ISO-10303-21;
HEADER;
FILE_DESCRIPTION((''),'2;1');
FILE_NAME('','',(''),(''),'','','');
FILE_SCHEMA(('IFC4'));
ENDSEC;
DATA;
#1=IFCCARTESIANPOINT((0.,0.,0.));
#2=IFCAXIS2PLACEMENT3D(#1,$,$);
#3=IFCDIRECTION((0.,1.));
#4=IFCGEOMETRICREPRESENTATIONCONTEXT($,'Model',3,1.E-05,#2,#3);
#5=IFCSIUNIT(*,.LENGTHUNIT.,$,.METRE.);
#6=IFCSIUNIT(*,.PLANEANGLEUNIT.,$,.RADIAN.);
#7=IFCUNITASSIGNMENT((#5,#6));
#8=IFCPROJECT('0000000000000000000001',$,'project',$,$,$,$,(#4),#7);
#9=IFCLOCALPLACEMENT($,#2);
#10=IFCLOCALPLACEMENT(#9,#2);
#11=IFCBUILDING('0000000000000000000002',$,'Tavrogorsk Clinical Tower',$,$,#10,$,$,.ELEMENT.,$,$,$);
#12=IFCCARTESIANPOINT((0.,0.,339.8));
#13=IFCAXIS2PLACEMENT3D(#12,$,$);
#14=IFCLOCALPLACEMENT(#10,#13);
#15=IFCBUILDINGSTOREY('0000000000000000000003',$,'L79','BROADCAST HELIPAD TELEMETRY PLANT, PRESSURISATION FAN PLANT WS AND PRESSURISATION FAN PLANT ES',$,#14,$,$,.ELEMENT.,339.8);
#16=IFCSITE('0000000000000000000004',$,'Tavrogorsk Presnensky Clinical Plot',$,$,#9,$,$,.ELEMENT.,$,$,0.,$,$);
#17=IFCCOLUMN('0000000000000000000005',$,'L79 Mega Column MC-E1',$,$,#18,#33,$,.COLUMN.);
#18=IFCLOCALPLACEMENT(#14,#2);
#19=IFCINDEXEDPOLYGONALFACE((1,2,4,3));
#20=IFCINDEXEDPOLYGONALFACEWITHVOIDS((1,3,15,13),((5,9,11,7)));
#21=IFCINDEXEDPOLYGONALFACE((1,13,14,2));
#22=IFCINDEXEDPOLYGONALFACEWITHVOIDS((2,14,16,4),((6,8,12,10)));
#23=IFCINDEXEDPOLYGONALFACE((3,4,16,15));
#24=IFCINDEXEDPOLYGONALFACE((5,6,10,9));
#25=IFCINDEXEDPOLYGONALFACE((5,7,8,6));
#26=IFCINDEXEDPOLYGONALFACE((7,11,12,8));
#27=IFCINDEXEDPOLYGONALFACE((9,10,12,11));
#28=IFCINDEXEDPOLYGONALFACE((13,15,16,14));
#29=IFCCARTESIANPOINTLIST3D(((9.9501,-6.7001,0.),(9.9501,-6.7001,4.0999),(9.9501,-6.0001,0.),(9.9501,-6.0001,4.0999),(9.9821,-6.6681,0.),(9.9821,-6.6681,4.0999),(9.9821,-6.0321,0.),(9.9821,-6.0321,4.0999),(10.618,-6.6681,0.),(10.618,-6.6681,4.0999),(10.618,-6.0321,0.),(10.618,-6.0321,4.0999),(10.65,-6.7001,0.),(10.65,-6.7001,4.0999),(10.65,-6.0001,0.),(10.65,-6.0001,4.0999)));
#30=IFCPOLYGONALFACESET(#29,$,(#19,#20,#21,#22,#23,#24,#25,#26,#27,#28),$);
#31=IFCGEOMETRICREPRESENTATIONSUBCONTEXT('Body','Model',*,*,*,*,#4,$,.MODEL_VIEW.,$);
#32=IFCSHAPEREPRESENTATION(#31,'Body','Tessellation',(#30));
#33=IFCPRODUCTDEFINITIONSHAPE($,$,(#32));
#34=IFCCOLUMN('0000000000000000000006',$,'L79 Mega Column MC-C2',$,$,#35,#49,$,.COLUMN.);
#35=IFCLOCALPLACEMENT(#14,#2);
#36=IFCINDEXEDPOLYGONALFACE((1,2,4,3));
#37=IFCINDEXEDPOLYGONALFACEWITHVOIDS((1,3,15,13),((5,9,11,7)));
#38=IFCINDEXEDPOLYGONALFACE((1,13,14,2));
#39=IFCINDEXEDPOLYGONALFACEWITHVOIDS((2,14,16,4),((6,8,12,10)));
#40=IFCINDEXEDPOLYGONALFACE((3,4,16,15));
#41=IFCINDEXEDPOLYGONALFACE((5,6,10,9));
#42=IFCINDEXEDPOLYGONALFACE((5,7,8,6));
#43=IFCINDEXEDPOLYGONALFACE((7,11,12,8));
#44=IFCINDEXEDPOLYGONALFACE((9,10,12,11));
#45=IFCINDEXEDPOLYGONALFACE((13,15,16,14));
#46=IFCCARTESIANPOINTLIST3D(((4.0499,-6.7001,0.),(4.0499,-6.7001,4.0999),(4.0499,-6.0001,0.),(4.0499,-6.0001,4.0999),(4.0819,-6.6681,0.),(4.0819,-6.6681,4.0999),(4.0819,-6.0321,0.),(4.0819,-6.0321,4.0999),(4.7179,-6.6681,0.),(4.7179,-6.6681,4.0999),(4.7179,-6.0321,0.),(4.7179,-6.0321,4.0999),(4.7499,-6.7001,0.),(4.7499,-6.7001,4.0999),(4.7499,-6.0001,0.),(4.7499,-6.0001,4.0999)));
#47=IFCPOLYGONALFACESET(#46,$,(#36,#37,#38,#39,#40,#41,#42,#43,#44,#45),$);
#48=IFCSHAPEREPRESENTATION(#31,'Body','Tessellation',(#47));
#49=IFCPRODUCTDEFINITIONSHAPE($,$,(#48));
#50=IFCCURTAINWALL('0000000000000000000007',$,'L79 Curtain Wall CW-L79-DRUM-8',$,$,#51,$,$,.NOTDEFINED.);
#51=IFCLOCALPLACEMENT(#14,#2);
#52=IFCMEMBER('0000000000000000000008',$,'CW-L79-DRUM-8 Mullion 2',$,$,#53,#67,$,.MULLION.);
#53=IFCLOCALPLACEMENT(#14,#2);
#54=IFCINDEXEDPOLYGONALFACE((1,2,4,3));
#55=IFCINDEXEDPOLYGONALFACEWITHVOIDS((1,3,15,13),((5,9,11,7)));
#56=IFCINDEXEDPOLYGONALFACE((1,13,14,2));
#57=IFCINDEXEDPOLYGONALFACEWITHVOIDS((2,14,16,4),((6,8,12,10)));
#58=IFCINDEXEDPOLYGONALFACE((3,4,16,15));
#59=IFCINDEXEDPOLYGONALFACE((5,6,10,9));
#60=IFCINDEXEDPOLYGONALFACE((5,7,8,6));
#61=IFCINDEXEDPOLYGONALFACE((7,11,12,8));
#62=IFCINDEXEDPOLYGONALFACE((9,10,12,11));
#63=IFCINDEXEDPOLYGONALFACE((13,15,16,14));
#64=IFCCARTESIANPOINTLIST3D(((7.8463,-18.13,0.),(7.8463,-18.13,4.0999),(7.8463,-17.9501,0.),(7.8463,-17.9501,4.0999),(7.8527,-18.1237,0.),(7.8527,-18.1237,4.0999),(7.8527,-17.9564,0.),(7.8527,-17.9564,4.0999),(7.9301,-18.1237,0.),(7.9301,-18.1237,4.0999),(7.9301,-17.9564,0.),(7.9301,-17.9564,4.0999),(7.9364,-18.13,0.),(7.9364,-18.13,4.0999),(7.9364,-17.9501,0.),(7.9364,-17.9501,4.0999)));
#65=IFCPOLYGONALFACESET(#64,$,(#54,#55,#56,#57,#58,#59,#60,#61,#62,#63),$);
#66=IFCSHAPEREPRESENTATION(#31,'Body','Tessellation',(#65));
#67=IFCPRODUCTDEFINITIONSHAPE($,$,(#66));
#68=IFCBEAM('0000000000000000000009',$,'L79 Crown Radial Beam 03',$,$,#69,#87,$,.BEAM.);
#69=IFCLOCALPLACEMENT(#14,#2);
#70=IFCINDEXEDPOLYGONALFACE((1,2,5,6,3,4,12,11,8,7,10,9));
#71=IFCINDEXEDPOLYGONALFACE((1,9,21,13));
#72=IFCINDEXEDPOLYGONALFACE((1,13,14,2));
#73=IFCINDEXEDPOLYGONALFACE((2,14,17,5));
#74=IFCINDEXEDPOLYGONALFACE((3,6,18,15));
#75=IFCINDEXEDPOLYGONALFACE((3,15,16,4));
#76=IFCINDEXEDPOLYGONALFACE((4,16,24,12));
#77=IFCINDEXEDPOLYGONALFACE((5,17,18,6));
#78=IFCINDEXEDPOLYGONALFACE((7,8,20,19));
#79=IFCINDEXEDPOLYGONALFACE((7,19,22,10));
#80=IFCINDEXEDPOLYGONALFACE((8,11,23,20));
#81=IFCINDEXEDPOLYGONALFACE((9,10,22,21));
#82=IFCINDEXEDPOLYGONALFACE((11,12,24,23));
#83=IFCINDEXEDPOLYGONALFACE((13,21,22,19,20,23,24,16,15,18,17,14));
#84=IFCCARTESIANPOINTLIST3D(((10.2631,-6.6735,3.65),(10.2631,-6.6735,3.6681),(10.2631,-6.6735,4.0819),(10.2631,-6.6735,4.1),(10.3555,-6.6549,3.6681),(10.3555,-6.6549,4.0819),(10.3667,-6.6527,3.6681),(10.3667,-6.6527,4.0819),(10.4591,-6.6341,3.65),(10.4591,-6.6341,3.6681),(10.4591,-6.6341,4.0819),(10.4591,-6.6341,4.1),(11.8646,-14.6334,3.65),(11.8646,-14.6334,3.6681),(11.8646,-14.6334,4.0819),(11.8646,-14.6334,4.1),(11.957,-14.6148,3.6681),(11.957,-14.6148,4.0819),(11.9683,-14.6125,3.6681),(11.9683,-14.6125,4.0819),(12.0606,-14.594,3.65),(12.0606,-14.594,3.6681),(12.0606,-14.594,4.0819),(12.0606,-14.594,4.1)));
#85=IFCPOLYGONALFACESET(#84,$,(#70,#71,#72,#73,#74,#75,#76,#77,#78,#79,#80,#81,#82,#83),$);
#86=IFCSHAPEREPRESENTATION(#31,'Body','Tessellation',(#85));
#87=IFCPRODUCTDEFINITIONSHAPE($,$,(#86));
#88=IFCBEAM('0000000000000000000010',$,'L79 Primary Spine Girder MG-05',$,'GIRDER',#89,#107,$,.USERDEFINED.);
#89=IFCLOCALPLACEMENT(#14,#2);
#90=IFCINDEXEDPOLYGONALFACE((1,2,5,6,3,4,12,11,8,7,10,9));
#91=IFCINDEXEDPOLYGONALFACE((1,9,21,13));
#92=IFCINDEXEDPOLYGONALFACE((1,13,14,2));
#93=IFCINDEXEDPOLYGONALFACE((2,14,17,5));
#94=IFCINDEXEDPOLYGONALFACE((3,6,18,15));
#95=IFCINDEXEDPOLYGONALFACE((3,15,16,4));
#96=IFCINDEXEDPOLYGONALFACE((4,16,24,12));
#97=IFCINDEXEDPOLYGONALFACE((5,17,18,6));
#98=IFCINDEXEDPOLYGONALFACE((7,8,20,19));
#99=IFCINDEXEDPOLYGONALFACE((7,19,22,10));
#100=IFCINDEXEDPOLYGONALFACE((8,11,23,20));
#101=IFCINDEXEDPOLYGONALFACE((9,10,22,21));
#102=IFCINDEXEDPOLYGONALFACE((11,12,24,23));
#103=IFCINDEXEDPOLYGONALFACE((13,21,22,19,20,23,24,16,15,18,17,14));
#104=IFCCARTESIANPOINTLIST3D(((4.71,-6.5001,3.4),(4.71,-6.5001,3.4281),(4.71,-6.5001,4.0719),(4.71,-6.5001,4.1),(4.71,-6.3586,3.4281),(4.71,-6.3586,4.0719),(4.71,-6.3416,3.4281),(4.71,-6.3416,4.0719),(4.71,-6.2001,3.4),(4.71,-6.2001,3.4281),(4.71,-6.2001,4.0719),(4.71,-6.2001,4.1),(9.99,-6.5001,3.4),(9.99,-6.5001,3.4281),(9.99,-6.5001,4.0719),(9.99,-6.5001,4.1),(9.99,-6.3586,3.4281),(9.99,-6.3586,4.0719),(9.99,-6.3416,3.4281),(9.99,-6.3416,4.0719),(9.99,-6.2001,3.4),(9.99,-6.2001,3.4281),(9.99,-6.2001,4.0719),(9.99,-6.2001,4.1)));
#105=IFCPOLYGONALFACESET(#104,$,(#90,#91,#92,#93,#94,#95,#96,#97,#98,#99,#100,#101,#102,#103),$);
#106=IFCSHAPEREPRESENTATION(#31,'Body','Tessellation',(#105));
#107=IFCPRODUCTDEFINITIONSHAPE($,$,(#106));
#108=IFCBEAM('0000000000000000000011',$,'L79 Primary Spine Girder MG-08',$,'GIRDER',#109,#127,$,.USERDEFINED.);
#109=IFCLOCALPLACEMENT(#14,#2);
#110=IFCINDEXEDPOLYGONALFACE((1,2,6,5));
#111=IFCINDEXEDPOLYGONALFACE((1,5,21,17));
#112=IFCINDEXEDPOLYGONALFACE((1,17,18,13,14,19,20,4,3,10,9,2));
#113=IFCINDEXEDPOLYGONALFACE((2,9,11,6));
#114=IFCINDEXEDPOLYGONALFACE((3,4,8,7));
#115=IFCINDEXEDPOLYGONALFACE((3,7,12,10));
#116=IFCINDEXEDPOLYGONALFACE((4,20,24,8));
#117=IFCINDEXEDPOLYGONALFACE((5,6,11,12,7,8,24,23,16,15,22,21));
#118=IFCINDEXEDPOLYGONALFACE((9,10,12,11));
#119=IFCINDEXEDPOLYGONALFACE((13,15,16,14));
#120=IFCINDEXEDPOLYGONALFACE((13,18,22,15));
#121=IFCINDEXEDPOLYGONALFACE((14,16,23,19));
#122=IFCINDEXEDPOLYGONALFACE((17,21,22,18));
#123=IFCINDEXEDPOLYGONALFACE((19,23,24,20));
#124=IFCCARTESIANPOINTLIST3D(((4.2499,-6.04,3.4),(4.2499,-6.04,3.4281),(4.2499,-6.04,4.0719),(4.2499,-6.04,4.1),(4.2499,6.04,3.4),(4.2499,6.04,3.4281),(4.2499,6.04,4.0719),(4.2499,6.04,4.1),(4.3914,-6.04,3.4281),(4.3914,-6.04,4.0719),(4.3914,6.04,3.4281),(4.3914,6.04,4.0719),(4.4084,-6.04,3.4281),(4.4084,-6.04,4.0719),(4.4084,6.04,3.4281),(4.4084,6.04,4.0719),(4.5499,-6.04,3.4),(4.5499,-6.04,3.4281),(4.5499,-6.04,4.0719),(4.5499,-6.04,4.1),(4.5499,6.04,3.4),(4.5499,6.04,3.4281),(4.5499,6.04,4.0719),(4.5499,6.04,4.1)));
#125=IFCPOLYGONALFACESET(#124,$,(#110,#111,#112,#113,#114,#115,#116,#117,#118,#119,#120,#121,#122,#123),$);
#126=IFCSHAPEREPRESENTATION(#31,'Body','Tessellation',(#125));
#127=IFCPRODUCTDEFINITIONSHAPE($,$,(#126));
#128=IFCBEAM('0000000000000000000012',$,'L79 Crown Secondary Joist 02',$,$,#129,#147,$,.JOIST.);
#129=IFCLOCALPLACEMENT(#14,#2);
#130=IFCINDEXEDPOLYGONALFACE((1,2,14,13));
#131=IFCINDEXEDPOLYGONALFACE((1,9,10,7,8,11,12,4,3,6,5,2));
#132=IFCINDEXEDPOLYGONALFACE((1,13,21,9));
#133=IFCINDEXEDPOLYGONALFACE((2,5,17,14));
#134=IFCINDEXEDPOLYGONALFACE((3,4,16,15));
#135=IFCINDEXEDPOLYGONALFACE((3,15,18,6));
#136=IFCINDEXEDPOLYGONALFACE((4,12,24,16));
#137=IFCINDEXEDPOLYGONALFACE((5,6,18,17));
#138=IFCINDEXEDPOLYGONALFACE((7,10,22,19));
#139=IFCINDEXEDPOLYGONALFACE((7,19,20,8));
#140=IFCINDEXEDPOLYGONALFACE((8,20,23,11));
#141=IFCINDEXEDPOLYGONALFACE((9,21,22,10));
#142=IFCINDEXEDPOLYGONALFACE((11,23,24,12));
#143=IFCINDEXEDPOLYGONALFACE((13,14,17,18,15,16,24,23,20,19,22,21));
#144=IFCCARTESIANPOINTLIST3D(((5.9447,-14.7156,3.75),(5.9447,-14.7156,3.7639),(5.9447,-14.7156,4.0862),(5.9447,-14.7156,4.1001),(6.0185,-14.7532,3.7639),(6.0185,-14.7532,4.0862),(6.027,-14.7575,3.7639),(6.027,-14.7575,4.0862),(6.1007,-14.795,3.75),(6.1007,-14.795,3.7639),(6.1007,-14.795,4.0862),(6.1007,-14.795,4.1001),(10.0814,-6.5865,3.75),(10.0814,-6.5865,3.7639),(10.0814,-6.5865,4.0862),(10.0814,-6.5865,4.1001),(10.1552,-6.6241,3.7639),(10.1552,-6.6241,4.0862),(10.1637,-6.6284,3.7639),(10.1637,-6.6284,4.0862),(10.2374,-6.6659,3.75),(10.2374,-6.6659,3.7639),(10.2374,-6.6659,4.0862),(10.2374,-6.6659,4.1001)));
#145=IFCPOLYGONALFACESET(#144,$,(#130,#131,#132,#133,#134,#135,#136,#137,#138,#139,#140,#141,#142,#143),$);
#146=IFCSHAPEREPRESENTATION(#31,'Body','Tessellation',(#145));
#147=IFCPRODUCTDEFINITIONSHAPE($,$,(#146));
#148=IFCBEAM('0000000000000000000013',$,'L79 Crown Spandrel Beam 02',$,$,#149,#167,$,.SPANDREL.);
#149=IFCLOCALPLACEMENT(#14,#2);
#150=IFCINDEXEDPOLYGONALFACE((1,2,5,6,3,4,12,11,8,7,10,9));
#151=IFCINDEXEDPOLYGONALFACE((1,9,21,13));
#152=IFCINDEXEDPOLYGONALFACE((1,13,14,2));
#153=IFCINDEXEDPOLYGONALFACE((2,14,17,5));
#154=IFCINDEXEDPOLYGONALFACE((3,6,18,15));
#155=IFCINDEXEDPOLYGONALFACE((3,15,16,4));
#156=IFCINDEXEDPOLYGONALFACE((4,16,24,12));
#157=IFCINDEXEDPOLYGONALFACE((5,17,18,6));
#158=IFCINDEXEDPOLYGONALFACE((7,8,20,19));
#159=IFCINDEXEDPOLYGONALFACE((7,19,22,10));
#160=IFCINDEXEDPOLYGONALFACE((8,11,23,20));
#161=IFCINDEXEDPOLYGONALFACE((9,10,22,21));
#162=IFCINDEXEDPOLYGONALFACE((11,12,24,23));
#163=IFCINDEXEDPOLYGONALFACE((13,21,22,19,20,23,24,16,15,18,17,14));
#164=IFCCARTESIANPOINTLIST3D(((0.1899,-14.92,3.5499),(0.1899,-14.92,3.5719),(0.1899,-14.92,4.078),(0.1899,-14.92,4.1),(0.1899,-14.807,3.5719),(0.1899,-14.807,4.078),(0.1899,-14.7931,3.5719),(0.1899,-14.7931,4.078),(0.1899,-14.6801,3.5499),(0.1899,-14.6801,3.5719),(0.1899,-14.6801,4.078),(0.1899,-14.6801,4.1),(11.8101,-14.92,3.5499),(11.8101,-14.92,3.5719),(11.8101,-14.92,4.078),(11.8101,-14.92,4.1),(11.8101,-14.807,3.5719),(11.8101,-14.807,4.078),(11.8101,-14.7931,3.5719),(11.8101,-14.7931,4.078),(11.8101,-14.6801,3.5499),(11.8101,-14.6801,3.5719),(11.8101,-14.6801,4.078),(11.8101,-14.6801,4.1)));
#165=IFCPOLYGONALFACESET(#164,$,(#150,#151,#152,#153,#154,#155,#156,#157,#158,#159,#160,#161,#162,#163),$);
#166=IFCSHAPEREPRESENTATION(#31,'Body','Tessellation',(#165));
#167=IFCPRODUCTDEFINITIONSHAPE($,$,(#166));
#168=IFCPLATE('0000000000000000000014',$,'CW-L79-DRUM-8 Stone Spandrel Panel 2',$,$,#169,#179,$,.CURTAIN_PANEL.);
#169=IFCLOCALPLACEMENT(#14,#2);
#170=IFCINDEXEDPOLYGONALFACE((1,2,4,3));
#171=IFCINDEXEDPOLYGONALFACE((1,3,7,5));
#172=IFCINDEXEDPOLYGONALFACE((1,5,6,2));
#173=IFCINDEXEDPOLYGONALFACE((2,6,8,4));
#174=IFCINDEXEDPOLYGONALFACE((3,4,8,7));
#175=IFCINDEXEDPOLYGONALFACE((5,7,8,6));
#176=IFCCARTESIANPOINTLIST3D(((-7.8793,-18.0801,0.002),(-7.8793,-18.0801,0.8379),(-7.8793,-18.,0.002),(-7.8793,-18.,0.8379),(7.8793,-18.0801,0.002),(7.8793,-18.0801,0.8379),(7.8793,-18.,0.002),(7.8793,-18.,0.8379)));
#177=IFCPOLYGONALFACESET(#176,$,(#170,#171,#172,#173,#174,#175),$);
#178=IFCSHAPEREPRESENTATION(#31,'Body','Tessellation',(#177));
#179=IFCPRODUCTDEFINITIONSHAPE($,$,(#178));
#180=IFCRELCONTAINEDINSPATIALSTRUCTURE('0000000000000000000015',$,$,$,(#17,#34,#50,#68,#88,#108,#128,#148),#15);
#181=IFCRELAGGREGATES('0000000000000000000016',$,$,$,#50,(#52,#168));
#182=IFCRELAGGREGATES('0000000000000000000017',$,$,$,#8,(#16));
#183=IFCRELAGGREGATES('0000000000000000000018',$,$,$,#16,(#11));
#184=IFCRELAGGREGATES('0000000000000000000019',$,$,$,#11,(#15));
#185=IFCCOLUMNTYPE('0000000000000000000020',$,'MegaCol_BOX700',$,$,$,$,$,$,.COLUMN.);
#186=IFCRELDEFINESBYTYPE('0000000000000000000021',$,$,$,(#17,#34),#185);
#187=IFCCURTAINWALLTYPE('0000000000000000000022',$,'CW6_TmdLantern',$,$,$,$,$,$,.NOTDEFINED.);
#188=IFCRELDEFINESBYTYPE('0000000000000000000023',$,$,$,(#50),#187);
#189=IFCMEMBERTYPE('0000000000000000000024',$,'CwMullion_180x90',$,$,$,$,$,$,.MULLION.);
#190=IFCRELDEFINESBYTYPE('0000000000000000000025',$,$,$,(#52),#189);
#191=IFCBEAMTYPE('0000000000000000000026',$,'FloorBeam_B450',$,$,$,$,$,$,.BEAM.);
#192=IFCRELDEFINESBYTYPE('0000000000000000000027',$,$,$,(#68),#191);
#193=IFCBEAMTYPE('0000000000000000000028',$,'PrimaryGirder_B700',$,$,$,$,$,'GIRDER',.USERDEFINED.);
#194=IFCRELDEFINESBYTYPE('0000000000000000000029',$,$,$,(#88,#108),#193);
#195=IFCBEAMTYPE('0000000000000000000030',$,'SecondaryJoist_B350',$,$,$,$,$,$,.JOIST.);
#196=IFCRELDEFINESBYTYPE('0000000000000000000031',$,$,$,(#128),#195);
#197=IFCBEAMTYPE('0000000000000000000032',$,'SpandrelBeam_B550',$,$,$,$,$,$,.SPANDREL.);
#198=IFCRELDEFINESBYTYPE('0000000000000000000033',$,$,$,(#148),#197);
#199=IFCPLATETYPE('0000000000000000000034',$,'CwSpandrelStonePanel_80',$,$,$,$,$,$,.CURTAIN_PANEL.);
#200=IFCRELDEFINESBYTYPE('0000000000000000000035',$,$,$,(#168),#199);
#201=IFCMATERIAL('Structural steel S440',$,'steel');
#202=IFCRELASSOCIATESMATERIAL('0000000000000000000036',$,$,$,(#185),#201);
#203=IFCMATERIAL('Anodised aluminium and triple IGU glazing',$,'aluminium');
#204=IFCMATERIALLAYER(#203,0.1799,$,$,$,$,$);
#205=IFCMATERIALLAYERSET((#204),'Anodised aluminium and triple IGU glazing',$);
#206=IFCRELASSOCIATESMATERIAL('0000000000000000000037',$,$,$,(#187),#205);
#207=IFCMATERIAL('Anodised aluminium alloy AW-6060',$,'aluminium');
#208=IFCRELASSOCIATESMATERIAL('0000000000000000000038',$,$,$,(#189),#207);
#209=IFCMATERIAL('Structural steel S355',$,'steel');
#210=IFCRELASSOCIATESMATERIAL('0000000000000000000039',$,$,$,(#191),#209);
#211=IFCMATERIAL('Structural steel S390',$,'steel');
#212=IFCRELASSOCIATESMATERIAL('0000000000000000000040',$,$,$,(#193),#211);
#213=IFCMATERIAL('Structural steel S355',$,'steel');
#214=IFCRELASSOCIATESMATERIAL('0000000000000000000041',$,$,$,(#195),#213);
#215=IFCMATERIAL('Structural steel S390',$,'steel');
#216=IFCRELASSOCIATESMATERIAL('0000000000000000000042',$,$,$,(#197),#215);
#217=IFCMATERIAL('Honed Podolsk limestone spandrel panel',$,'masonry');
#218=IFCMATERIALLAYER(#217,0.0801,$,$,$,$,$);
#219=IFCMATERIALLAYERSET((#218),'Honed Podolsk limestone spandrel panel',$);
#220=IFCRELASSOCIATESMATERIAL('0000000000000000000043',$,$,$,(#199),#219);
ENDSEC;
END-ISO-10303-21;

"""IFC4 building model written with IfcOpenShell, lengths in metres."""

from ifc_helpers import new_model, si_unit, direction, frame, origin, origin_2d, place, context, subcontext, project, spatial, rectangle, hollow_rectangle, i_section, extrude, material, layer, layer_set, material_profile, profile_set, type_object, element, aggregate, save


model = new_model("IFC4")

# Units and contexts
model_context = context("Model", 3, precision=1e-05, world=origin(), true_north=direction((0.0, 1.0)))
body_context = subcontext(model_context, "Body", "Model", "MODEL_VIEW")
ifc_project = project(units=[si_unit("LENGTHUNIT", "METRE"), si_unit("PLANEANGLEUNIT", "RADIAN")], contexts=[model_context])

# Site, building, storey
site_placement = place(None, origin())
site = spatial("IfcSite", under=ifc_project, at=site_placement, Name="Tavrogorsk Presnensky Clinical Plot", CompositionType="ELEMENT", RefElevation=0.0)
building_placement = place(site_placement, origin())
building = spatial("IfcBuilding", under=site, at=building_placement, Name="Tavrogorsk Clinical Tower", CompositionType="ELEMENT")
storey_placement = place(building_placement, frame((0.0, 0.0, 339.8)))
storey = spatial("IfcBuildingStorey", under=building, at=storey_placement, Name="L79", Description="BROADCAST HELIPAD TELEMETRY PLANT, PRESSURISATION FAN PLANT WS AND PRESSURISATION FAN PLANT ES", CompositionType="ELEMENT", Elevation=339.8)

# Columns
ifc_material_1 = material(Name="Structural steel S440", Category="steel")
ifc_material_profile_1 = material_profile(ifc_material_1, hollow_rectangle(XDim=0.7, YDim=0.7, WallThickness=0.032, at=origin_2d()), Name="BOX-700x700x32")
ifc_profile_set_1 = profile_set([ifc_material_profile_1], Name="Structural steel S440")
column_type = type_object("IfcColumnType", Name="MegaCol_BOX700", PredefinedType="COLUMN", material=ifc_profile_set_1)
for number, where, z_axis, x_axis, name in (
    (1, (10.3, -6.3501, 0.0), (0.0, 0.0, 1.0), (1.0, 0.0, 0.0), "L79 Mega Column MC-E1"),
    (2, (4.3999, -6.3501, 0.0), (0.0, 0.0, 1.0), (1.0, 0.0, 0.0), "L79 Mega Column MC-C2"),
):
    element("IfcColumn", number, at=place(storey_placement, frame(where, z_axis=z_axis, x_axis=x_axis)), inside=storey, type_object=column_type, Name=name, PredefinedType="COLUMN", context=body_context, shape_type="SweptSolid", body=[
        extrude(hollow_rectangle(XDim=0.7, YDim=0.7, WallThickness=0.032, at=origin_2d()), origin(), (0.0, 0.0, 1.0), 4.0999),
    ])

# Curtain wall, member
ifc_material_2 = material(Name="Anodised aluminium and triple IGU glazing", Category="aluminium")
ifc_layer_1 = layer(ifc_material_2, 0.1799)
ifc_layer_set_1 = layer_set([ifc_layer_1], Name="Anodised aluminium and triple IGU glazing")
curtain_wall_type = type_object("IfcCurtainWallType", Name="CW6_TmdLantern", PredefinedType="NOTDEFINED", material=ifc_layer_set_1)
curtain_wall_placement = place(storey_placement, origin())
curtain_wall = element("IfcCurtainWall", 3, at=curtain_wall_placement, inside=storey, type_object=curtain_wall_type, Name="L79 Curtain Wall CW-L79-DRUM-8", PredefinedType="NOTDEFINED")
ifc_material_3 = material(Name="Anodised aluminium alloy AW-6060", Category="aluminium")
ifc_material_profile_2 = material_profile(ifc_material_3, hollow_rectangle(XDim=0.0901, YDim=0.1799, WallThickness=0.0063, at=origin_2d()), Name="RHS-180x90x6.3")
ifc_profile_set_2 = profile_set([ifc_material_profile_2], Name="Anodised aluminium alloy AW-6060")
member_type = type_object("IfcMemberType", Name="CwMullion_180x90", PredefinedType="MULLION", material=ifc_profile_set_2)
member_placement = place(storey_placement, frame((7.8914, -18.04, 0.0), z_axis=(0.0, 0.0, 1.0), x_axis=(-1.0, 0.0, 0.0)))
member = element("IfcMember", 4, at=member_placement, type_object=member_type, Name="CW-L79-DRUM-8 Mullion 2", PredefinedType="MULLION", context=body_context, shape_type="SweptSolid", body=[
    extrude(hollow_rectangle(XDim=0.0901, YDim=0.1799, WallThickness=0.0063, at=origin_2d()), origin(), (0.0, 0.0, 1.0), 4.0999),
])

# Beams
ifc_material_4 = material(Name="Structural steel S355", Category="steel")
ifc_material_profile_3 = material_profile(ifc_material_4, i_section(OverallWidth=0.2, OverallDepth=0.45, WebThickness=0.0115, FlangeThickness=0.0181, at=origin_2d()), Name="B-450x200x11.5x18")
ifc_profile_set_3 = profile_set([ifc_material_profile_3], Name="Structural steel S355")
beam_type_1 = type_object("IfcBeamType", Name="FloorBeam_B450", PredefinedType="BEAM", material=ifc_profile_set_3)
beam_1_placement = place(storey_placement, frame((10.3611, -6.6538, 3.875), z_axis=(0.197249, -0.980353, 0.0), x_axis=(0.980353, 0.197249, 0.0)))
element("IfcBeam", 5, at=beam_1_placement, inside=storey, type_object=beam_type_1, Name="L79 Crown Radial Beam 03", PredefinedType="BEAM", context=body_context, shape_type="SweptSolid", body=[
    extrude(i_section(OverallWidth=0.2, OverallDepth=0.45, WebThickness=0.0115, FlangeThickness=0.0181, at=origin_2d()), origin(), (0.0, 0.0, 1.0), 8.1194),
])
ifc_material_5 = material(Name="Structural steel S390", Category="steel")
ifc_material_profile_4 = material_profile(ifc_material_5, i_section(OverallWidth=0.3, OverallDepth=0.7, WebThickness=0.0171, FlangeThickness=0.0281, at=origin_2d()), Name="B-700x300x17x28")
ifc_profile_set_4 = profile_set([ifc_material_profile_4], Name="Structural steel S390")
beam_type_2 = type_object("IfcBeamType", Name="PrimaryGirder_B700", ElementType="GIRDER", PredefinedType="USERDEFINED", material=ifc_profile_set_4)
beam_2_placement = place(storey_placement, frame((4.71, -6.3501, 3.75), z_axis=(1.0, 0.0, 0.0), x_axis=(0.0, 1.0, 0.0)))
element("IfcBeam", 6, at=beam_2_placement, inside=storey, type_object=beam_type_2, Name="L79 Primary Spine Girder MG-05", ObjectType="GIRDER", PredefinedType="USERDEFINED", context=body_context, shape_type="SweptSolid", body=[
    extrude(i_section(OverallWidth=0.3, OverallDepth=0.7, WebThickness=0.0171, FlangeThickness=0.0281, at=origin_2d()), origin(), (0.0, 0.0, 1.0), 5.28),
])
beam_3_placement = place(storey_placement, frame((4.3999, -6.04, 3.75), z_axis=(0.0, 1.0, 0.0), x_axis=(-1.0, 0.0, 0.0)))
element("IfcBeam", 7, at=beam_3_placement, inside=storey, type_object=beam_type_2, Name="L79 Primary Spine Girder MG-08", ObjectType="GIRDER", PredefinedType="USERDEFINED", context=body_context, shape_type="SweptSolid", body=[
    extrude(i_section(OverallWidth=0.3, OverallDepth=0.7, WebThickness=0.0171, FlangeThickness=0.0281, at=origin_2d()), origin(), (0.0, 0.0, 1.0), 12.0801),
])
ifc_material_6 = material(Name="Structural steel S355", Category="steel")
ifc_material_profile_5 = material_profile(ifc_material_6, i_section(OverallWidth=0.175, OverallDepth=0.3501, WebThickness=0.0095, FlangeThickness=0.0139, at=origin_2d()), Name="B-350x175x9.5x14")
ifc_profile_set_5 = profile_set([ifc_material_profile_5], Name="Structural steel S355")
beam_type_3 = type_object("IfcBeamType", Name="SecondaryJoist_B350", PredefinedType="JOIST", material=ifc_profile_set_5)
beam_4_placement = place(storey_placement, frame((10.1594, -6.6262, 3.925), z_axis=(-0.45353, -0.891241, 0.0), x_axis=(0.891241, -0.45353, 0.0)))
element("IfcBeam", 8, at=beam_4_placement, inside=storey, type_object=beam_type_3, Name="L79 Crown Secondary Joist 02", PredefinedType="JOIST", context=body_context, shape_type="SweptSolid", body=[
    extrude(i_section(OverallWidth=0.175, OverallDepth=0.3501, WebThickness=0.0095, FlangeThickness=0.0139, at=origin_2d()), origin(), (0.0, 0.0, 1.0), 9.1211),
])
ifc_material_7 = material(Name="Structural steel S390", Category="steel")
ifc_material_profile_6 = material_profile(ifc_material_7, i_section(OverallWidth=0.24, OverallDepth=0.55, WebThickness=0.0139, FlangeThickness=0.022, at=origin_2d()), Name="B-550x240x14x22")
ifc_profile_set_6 = profile_set([ifc_material_profile_6], Name="Structural steel S390")
beam_type_4 = type_object("IfcBeamType", Name="SpandrelBeam_B550", PredefinedType="SPANDREL", material=ifc_profile_set_6)
beam_5_placement = place(storey_placement, frame((0.1899, -14.8, 3.825), z_axis=(1.0, 0.0, 0.0), x_axis=(0.0, 1.0, 0.0)))
element("IfcBeam", 9, at=beam_5_placement, inside=storey, type_object=beam_type_4, Name="L79 Crown Spandrel Beam 02", PredefinedType="SPANDREL", context=body_context, shape_type="SweptSolid", body=[
    extrude(i_section(OverallWidth=0.24, OverallDepth=0.55, WebThickness=0.0139, FlangeThickness=0.022, at=origin_2d()), origin(), (0.0, 0.0, 1.0), 11.6201),
])

# Plate
ifc_material_8 = material(Name="Honed Podolsk limestone spandrel panel", Category="masonry")
ifc_layer_2 = layer(ifc_material_8, 0.0801)
ifc_layer_set_2 = layer_set([ifc_layer_2], Name="Honed Podolsk limestone spandrel panel")
plate_type_1 = type_object("IfcPlateType", Name="CwSpandrelStonePanel_80", PredefinedType="CURTAIN_PANEL", material=ifc_layer_set_2)
plate_1_placement = place(storey_placement, frame((0.0, -18.04, 0.002), z_axis=(0.0, 0.0, 1.0), x_axis=(-1.0, 0.0, 0.0)))
plate_1 = element("IfcPlate", 10, at=plate_1_placement, type_object=plate_type_1, Name="CW-L79-DRUM-8 Stone Spandrel Panel 2", PredefinedType="CURTAIN_PANEL", context=body_context, shape_type="SweptSolid", body=[
    extrude(rectangle(XDim=15.7585, YDim=0.0801, at=origin_2d()), origin(), (0.0, 0.0, 1.0), 0.8359),
])
aggregate(curtain_wall, [member, plate_1])

save(model, "model.ifc")
